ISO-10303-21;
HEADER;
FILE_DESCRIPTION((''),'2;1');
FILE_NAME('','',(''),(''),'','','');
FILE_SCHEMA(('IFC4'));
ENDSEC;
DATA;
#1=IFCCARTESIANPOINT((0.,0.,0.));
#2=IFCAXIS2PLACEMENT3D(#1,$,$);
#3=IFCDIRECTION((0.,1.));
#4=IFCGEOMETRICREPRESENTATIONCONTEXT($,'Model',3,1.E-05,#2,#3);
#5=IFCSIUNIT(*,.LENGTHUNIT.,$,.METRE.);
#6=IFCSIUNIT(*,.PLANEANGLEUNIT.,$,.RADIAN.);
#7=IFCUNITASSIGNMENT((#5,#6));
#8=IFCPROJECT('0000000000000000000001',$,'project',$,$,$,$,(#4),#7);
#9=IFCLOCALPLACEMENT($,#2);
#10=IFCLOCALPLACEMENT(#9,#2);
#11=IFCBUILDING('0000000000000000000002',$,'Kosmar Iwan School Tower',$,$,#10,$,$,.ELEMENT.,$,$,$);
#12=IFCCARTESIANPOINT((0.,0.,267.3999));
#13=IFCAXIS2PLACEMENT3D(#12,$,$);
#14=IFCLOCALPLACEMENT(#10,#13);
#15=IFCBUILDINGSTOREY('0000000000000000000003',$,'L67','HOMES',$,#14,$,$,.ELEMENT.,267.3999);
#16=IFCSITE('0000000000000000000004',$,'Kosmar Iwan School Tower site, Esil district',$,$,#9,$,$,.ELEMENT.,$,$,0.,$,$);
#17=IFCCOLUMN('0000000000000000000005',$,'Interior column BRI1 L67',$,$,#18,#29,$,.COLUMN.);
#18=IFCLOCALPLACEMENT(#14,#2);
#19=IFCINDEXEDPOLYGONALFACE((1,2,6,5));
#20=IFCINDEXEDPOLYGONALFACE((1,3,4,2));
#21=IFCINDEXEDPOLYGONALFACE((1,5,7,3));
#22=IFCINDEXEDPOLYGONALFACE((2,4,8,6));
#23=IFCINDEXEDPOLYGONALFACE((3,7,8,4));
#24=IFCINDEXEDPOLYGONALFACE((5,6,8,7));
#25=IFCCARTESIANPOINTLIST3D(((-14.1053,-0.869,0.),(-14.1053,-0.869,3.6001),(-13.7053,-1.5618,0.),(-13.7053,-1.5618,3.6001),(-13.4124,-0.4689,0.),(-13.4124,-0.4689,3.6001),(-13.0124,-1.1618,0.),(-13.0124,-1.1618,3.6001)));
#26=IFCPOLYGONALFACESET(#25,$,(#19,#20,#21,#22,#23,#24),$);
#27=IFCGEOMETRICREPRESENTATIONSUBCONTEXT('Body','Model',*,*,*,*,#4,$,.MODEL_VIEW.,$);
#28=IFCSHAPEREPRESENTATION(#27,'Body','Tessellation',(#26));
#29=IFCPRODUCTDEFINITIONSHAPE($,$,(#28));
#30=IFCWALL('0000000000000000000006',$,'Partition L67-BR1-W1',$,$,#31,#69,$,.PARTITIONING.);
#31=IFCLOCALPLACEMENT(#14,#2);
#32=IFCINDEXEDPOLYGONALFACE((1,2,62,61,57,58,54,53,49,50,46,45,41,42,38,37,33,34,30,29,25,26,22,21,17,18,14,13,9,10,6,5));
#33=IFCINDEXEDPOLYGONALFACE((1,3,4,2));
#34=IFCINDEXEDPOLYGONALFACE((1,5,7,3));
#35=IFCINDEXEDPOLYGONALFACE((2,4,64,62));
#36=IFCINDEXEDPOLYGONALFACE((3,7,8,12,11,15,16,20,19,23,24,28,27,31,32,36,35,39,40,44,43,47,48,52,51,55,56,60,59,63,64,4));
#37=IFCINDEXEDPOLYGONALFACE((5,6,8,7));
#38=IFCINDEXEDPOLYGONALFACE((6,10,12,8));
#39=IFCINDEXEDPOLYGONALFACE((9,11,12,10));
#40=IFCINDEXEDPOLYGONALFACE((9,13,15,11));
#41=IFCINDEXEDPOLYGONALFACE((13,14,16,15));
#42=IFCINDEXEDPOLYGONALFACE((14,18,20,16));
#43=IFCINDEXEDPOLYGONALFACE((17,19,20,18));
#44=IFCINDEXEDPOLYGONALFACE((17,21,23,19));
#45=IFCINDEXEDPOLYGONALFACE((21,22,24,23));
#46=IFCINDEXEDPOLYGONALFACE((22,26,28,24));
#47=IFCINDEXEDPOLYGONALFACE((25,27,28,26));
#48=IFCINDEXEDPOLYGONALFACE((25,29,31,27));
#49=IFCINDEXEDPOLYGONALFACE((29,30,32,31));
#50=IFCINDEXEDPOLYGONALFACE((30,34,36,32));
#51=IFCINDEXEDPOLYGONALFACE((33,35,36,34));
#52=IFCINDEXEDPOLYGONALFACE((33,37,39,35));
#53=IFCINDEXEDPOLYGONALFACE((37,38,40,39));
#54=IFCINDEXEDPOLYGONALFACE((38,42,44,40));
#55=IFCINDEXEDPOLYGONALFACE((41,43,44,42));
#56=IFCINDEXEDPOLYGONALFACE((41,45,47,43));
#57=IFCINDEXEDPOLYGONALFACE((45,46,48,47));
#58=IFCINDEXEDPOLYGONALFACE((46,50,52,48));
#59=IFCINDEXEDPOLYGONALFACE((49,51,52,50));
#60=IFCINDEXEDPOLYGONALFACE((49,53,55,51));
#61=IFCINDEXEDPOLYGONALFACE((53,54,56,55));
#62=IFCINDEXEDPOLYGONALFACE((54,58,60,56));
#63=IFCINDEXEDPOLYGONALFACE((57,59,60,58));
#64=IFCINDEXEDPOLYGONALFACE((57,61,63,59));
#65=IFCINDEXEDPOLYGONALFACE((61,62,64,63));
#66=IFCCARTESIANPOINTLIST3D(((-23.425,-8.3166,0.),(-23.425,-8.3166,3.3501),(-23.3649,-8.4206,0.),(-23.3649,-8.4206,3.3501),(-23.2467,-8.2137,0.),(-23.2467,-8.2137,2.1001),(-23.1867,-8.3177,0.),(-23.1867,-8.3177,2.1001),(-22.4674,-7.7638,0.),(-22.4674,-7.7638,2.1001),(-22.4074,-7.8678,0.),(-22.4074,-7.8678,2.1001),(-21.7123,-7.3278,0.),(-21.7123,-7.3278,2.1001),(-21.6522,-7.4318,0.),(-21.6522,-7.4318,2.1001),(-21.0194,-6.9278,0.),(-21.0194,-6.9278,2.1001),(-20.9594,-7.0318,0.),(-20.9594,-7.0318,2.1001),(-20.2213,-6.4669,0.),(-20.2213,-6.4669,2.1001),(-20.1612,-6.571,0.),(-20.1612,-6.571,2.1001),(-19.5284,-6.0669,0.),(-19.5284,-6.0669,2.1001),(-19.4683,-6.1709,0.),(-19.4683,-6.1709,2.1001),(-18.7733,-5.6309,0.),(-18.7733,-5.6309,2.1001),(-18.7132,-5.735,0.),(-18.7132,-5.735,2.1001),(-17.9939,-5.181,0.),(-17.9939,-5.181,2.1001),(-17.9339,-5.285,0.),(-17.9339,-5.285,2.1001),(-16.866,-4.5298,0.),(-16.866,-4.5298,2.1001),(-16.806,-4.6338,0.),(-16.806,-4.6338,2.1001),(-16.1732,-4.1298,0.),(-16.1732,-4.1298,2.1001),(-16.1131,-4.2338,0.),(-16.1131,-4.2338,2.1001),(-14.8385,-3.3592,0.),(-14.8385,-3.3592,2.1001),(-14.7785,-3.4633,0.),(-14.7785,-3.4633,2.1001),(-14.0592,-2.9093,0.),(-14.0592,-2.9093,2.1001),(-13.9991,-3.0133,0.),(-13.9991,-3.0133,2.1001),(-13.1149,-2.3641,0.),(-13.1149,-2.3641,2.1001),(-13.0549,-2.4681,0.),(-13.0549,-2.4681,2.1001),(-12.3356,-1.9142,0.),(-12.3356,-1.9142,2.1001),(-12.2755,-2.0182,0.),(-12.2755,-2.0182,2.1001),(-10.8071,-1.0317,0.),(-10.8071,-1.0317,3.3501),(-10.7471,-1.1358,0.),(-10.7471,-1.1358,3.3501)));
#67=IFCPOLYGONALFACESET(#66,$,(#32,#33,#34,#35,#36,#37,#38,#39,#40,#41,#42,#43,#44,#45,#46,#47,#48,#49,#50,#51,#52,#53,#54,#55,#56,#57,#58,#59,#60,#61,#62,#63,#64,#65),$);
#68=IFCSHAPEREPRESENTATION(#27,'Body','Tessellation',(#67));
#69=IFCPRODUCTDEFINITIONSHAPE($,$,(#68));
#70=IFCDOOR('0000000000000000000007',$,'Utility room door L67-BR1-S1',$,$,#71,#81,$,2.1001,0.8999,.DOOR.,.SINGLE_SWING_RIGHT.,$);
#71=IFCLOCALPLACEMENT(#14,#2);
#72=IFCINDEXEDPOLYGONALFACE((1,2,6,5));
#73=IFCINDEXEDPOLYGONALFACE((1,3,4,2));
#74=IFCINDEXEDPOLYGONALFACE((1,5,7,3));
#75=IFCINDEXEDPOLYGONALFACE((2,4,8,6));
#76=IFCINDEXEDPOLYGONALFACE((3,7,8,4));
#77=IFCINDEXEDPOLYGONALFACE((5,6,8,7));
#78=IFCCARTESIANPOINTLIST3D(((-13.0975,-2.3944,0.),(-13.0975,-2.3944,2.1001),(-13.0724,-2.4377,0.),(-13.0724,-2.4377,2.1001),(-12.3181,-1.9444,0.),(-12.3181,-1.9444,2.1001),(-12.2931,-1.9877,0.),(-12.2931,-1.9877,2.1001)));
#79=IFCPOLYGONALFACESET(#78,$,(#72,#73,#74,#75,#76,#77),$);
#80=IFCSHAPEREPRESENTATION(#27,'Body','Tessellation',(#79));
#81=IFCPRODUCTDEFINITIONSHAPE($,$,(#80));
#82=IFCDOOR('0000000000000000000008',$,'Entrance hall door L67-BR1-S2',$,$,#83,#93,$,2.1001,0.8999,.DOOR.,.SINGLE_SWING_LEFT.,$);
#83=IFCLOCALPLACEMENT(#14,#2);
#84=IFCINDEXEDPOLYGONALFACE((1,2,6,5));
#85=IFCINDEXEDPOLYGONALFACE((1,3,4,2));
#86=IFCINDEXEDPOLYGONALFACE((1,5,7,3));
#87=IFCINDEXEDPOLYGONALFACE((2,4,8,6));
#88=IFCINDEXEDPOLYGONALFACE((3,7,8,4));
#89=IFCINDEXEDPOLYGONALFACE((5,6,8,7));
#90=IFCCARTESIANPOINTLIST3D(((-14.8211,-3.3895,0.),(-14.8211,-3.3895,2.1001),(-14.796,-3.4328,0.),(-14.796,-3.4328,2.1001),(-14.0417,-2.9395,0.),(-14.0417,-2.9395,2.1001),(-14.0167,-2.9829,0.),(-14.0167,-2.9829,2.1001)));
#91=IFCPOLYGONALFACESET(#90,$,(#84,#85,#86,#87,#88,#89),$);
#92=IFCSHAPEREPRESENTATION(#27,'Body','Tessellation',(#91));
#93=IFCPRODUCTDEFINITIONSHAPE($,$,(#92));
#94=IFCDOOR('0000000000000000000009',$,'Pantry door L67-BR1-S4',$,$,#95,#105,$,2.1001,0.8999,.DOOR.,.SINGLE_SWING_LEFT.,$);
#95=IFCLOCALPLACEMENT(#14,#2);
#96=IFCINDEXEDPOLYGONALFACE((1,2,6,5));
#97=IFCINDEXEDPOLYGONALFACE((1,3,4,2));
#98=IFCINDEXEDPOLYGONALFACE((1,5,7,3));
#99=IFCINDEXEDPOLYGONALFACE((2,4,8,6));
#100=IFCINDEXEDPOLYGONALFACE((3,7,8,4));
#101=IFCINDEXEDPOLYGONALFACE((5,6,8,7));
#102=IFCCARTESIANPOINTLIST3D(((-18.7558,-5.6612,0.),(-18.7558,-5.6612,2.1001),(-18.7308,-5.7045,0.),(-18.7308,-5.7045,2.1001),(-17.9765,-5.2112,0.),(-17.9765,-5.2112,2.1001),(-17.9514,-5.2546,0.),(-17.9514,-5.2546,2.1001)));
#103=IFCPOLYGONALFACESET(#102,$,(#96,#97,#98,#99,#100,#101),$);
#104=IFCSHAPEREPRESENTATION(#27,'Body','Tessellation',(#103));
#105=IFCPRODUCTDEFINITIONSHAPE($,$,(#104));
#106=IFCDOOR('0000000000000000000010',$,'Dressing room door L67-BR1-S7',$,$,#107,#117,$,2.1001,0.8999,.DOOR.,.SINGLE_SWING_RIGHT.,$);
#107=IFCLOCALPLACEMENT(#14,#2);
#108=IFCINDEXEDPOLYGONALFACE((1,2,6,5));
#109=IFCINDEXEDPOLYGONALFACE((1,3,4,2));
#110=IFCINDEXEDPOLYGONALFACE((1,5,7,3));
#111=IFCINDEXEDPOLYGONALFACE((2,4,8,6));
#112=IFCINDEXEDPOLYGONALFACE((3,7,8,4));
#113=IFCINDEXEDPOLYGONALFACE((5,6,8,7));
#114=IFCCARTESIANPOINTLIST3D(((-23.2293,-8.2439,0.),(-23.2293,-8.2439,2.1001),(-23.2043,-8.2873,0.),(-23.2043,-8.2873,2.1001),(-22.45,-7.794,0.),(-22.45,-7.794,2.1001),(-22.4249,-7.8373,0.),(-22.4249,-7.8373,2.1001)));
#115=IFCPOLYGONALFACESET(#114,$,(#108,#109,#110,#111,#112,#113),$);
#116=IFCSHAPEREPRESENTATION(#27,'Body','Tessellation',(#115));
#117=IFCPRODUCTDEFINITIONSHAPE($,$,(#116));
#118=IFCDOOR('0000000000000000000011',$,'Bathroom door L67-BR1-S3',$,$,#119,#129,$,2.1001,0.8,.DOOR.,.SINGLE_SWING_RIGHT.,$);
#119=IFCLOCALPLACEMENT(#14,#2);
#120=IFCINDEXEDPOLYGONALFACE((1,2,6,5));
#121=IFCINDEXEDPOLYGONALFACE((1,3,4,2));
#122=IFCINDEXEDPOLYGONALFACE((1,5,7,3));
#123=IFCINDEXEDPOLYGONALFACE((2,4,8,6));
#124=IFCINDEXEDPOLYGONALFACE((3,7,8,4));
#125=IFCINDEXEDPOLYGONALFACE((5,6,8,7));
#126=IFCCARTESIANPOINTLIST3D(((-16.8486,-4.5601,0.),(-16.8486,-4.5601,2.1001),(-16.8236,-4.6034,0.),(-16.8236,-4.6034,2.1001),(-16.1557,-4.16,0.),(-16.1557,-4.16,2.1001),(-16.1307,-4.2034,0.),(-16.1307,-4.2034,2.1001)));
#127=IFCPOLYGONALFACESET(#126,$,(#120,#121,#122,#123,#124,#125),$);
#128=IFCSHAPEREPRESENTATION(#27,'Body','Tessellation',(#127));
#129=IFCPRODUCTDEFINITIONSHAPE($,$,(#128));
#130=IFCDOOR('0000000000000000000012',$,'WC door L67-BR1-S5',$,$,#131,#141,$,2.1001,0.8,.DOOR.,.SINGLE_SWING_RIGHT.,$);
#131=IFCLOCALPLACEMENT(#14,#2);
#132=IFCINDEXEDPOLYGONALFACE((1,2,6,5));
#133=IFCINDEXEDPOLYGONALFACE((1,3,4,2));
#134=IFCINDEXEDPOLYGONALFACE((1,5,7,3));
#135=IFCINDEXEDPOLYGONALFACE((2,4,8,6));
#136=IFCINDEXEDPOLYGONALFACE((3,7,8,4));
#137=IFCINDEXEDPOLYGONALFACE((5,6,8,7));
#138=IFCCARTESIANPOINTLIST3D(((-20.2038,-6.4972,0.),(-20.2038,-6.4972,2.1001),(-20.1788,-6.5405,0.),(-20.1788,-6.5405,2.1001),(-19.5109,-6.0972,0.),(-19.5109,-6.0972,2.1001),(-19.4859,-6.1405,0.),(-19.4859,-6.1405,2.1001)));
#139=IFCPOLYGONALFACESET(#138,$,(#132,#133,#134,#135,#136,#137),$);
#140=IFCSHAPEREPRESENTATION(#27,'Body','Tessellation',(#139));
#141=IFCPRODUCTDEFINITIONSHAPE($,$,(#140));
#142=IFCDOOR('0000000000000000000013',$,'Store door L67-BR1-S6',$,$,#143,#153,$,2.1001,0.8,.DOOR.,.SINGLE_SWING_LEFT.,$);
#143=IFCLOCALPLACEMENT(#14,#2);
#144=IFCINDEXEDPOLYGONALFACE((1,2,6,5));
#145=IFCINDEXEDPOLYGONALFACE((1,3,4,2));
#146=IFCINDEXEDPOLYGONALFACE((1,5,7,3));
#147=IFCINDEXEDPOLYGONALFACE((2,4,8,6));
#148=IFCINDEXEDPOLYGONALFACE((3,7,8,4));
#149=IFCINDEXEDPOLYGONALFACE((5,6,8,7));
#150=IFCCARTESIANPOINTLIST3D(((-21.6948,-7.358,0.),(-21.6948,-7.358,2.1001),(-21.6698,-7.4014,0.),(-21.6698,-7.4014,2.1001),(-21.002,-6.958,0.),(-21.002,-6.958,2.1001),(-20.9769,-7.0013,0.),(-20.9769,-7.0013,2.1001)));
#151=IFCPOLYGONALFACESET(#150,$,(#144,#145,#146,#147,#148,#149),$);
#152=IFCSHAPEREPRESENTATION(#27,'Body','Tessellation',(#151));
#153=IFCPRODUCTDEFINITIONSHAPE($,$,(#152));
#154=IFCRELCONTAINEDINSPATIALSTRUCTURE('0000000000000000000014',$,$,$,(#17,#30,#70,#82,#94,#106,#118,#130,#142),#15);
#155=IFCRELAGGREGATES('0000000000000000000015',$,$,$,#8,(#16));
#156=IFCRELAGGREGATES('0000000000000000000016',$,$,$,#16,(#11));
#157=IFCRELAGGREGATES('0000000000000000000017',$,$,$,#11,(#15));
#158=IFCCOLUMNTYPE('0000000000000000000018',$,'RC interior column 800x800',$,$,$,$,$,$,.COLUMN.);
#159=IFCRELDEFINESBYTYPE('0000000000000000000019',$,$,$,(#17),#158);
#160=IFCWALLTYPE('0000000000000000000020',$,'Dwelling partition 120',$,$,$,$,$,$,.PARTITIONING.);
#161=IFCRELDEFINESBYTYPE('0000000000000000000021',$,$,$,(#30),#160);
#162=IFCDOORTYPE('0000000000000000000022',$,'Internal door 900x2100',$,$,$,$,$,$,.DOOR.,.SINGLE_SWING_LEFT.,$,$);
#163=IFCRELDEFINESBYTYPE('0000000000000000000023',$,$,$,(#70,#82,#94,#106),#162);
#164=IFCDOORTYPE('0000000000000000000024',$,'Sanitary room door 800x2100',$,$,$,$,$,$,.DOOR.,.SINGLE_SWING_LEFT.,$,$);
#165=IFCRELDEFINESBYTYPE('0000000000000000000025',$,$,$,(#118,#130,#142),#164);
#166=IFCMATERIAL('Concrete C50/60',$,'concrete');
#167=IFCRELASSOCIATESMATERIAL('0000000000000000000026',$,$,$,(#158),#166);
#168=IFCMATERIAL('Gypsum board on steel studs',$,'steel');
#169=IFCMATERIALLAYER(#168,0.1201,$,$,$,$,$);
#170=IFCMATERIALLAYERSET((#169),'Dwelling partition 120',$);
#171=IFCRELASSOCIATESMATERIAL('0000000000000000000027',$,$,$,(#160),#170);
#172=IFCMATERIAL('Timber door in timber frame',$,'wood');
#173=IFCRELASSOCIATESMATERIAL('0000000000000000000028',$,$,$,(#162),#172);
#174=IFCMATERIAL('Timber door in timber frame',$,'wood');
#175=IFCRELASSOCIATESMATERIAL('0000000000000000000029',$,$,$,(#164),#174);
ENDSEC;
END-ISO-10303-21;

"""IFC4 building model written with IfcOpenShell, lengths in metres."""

from ifc_helpers import new_model, si_unit, direction, frame, frame_2d, origin, origin_2d, place, context, subcontext, project, spatial, rectangle, extrude, material, layer, layer_set, material_profile, profile_set, type_object, element, fill, save


model = new_model("IFC4")

# Units and contexts
model_context = context("Model", 3, precision=1e-05, world=origin(), true_north=direction((0.0, 1.0)))
body_context = subcontext(model_context, "Body", "Model", "MODEL_VIEW")
ifc_project = project(units=[si_unit("LENGTHUNIT", "METRE"), si_unit("PLANEANGLEUNIT", "RADIAN")], contexts=[model_context])

# Site, building, storey
site_placement = place(None, origin())
site = spatial("IfcSite", under=ifc_project, at=site_placement, Name="Kosmar Iwan School Tower site, Esil district", CompositionType="ELEMENT", RefElevation=0.0)
building_placement = place(site_placement, origin())
building = spatial("IfcBuilding", under=site, at=building_placement, Name="Kosmar Iwan School Tower", CompositionType="ELEMENT")
storey_placement = place(building_placement, frame((0.0, 0.0, 267.3999)))
storey = spatial("IfcBuildingStorey", under=building, at=storey_placement, Name="L67", Description="HOMES", CompositionType="ELEMENT", Elevation=267.3999)

# Column
ifc_material_1 = material(Name="Concrete C50/60", Category="concrete")
ifc_material_profile = material_profile(ifc_material_1, rectangle(XDim=0.8, YDim=0.8, at=origin_2d()), Name="RC 800x800")
ifc_profile_set = profile_set([ifc_material_profile], Name="Concrete C50/60")
column_type = type_object("IfcColumnType", Name="RC interior column 800x800", PredefinedType="COLUMN", material=ifc_profile_set)
column_placement = place(storey_placement, frame((-13.5588, -1.0154, 0.0), z_axis=(0.0, 0.0, 1.0), x_axis=(-0.866025, -0.5, 0.0)))
element("IfcColumn", 1, at=column_placement, inside=storey, type_object=column_type, Name="Interior column BRI1 L67", PredefinedType="COLUMN", context=body_context, shape_type="SweptSolid", body=[
    extrude(rectangle(XDim=0.8, YDim=0.8, at=origin_2d()), origin(), (0.0, 0.0, 1.0), 3.6001),
])

# Wall, openings, doors
ifc_material_2 = material(Name="Gypsum board on steel studs", Category="steel")
ifc_layer_1 = layer(ifc_material_2, 0.1201)
ifc_layer_set_1 = layer_set([ifc_layer_1], Name="Dwelling partition 120")
wall_type_1 = type_object("IfcWallType", Name="Dwelling partition 120", PredefinedType="PARTITIONING", material=ifc_layer_set_1)
wall_1_placement = place(storey_placement, frame((-10.7771, -1.0837, 0.0), z_axis=(0.0, 0.0, 1.0), x_axis=(-0.866027, -0.499998, 0.0)))
wall_1 = element("IfcWall", 2, at=wall_1_placement, inside=storey, type_object=wall_type_1, Name="Partition L67-BR1-W1", PredefinedType="PARTITIONING", context=body_context, shape_type="SweptSolid", body=[
    extrude(rectangle(XDim=14.5698, YDim=0.1201, at=frame_2d((7.2849, 0.0))), origin(), (0.0, 0.0, 1.0), 3.3501),
])
opening_1_placement = place(wall_1_placement, frame((1.7649, 0.0, 0.0)))
opening_1 = element("IfcOpeningElement", 3, at=opening_1_placement, cuts=wall_1, PredefinedType="OPENING", context=body_context, shape_type="SweptSolid", body=[
    extrude(rectangle(XDim=0.8999, YDim=2.1001, at=frame_2d((0.45, 1.05))), frame((0.0, 0.072, 0.0), z_axis=(0.0, -1.0, 0.0), x_axis=(1.0, 0.0, 0.0)), (0.0, 0.0, 1.0), 0.144),
])
opening_2_placement = place(wall_1_placement, frame((3.7551, 0.0, 0.0)))
opening_2 = element("IfcOpeningElement", 4, at=opening_2_placement, cuts=wall_1, PredefinedType="OPENING", context=body_context, shape_type="SweptSolid", body=[
    extrude(rectangle(XDim=0.8999, YDim=2.1001, at=frame_2d((0.45, 1.05))), frame((0.0, 0.072, 0.0), z_axis=(0.0, -1.0, 0.0), x_axis=(1.0, 0.0, 0.0)), (0.0, 0.0, 1.0), 0.144),
])
opening_3_placement = place(wall_1_placement, frame((6.1963, 0.0, 0.0)))
opening_3 = element("IfcOpeningElement", 5, at=opening_3_placement, cuts=wall_1, PredefinedType="OPENING", context=body_context, shape_type="SweptSolid", body=[
    extrude(rectangle(XDim=0.8, YDim=2.1001, at=frame_2d((0.3999, 1.05))), frame((0.0, 0.072, 0.0), z_axis=(0.0, -1.0, 0.0), x_axis=(1.0, 0.0, 0.0)), (0.0, 0.0, 1.0), 0.144),
])
opening_4_placement = place(wall_1_placement, frame((8.2986, 0.0, 0.0)))
opening_4 = element("IfcOpeningElement", 6, at=opening_4_placement, cuts=wall_1, PredefinedType="OPENING", context=body_context, shape_type="SweptSolid", body=[
    extrude(rectangle(XDim=0.8999, YDim=2.1001, at=frame_2d((0.45, 1.05))), frame((0.0, 0.072, 0.0), z_axis=(0.0, -1.0, 0.0), x_axis=(1.0, 0.0, 0.0)), (0.0, 0.0, 1.0), 0.144),
])
opening_5_placement = place(wall_1_placement, frame((10.0706, 0.0, 0.0)))
opening_5 = element("IfcOpeningElement", 7, at=opening_5_placement, cuts=wall_1, PredefinedType="OPENING", context=body_context, shape_type="SweptSolid", body=[
    extrude(rectangle(XDim=0.8, YDim=2.1001, at=frame_2d((0.3999, 1.05))), frame((0.0, 0.072, 0.0), z_axis=(0.0, -1.0, 0.0), x_axis=(1.0, 0.0, 0.0)), (0.0, 0.0, 1.0), 0.144),
])
opening_6_placement = place(wall_1_placement, frame((11.7922, 0.0, 0.0)))
opening_6 = element("IfcOpeningElement", 8, at=opening_6_placement, cuts=wall_1, PredefinedType="OPENING", context=body_context, shape_type="SweptSolid", body=[
    extrude(rectangle(XDim=0.8, YDim=2.1001, at=frame_2d((0.3999, 1.05))), frame((0.0, 0.072, 0.0), z_axis=(0.0, -1.0, 0.0), x_axis=(1.0, 0.0, 0.0)), (0.0, 0.0, 1.0), 0.144),
])
opening_7_placement = place(wall_1_placement, frame((13.4641, 0.0, 0.0)))
opening_7 = element("IfcOpeningElement", 9, at=opening_7_placement, cuts=wall_1, PredefinedType="OPENING", context=body_context, shape_type="SweptSolid", body=[
    extrude(rectangle(XDim=0.8999, YDim=2.1001, at=frame_2d((0.45, 1.05))), frame((0.0, 0.072, 0.0), z_axis=(0.0, -1.0, 0.0), x_axis=(1.0, 0.0, 0.0)), (0.0, 0.0, 1.0), 0.144),
])
ifc_material_3 = material(Name="Timber door in timber frame", Category="wood")
door_type_1 = type_object("IfcDoorType", Name="Internal door 900x2100", OperationType="SINGLE_SWING_LEFT", PredefinedType="DOOR", material=ifc_material_3)
door_1_placement = place(opening_1_placement, origin())
door_1 = element("IfcDoor", 10, at=door_1_placement, inside=storey, type_object=door_type_1, Name="Utility room door L67-BR1-S1", OperationType="SINGLE_SWING_RIGHT", OverallHeight=2.1001, OverallWidth=0.8999, PredefinedType="DOOR", context=body_context, shape_type="SweptSolid", body=[
    extrude(rectangle(XDim=0.8999, YDim=2.1001, at=frame_2d((0.45, 1.05))), frame((0.0, 0.0249, 0.0), z_axis=(0.0, -1.0, 0.0), x_axis=(1.0, 0.0, 0.0)), (0.0, 0.0, 1.0), 0.05),
])
fill(opening_1, door_1)
door_2_placement = place(opening_2_placement, origin())
door_2 = element("IfcDoor", 11, at=door_2_placement, inside=storey, type_object=door_type_1, Name="Entrance hall door L67-BR1-S2", OperationType="SINGLE_SWING_LEFT", OverallHeight=2.1001, OverallWidth=0.8999, PredefinedType="DOOR", context=body_context, shape_type="SweptSolid", body=[
    extrude(rectangle(XDim=0.8999, YDim=2.1001, at=frame_2d((0.45, 1.05))), frame((0.0, 0.0249, 0.0), z_axis=(0.0, -1.0, 0.0), x_axis=(1.0, 0.0, 0.0)), (0.0, 0.0, 1.0), 0.05),
])
fill(opening_2, door_2)
door_3_placement = place(opening_4_placement, origin())
door_3 = element("IfcDoor", 12, at=door_3_placement, inside=storey, type_object=door_type_1, Name="Pantry door L67-BR1-S4", OperationType="SINGLE_SWING_LEFT", OverallHeight=2.1001, OverallWidth=0.8999, PredefinedType="DOOR", context=body_context, shape_type="SweptSolid", body=[
    extrude(rectangle(XDim=0.8999, YDim=2.1001, at=frame_2d((0.45, 1.05))), frame((0.0, 0.0249, 0.0), z_axis=(0.0, -1.0, 0.0), x_axis=(1.0, 0.0, 0.0)), (0.0, 0.0, 1.0), 0.05),
])
fill(opening_4, door_3)
door_4_placement = place(opening_7_placement, origin())
door_4 = element("IfcDoor", 13, at=door_4_placement, inside=storey, type_object=door_type_1, Name="Dressing room door L67-BR1-S7", OperationType="SINGLE_SWING_RIGHT", OverallHeight=2.1001, OverallWidth=0.8999, PredefinedType="DOOR", context=body_context, shape_type="SweptSolid", body=[
    extrude(rectangle(XDim=0.8999, YDim=2.1001, at=frame_2d((0.45, 1.05))), frame((0.0, 0.0249, 0.0), z_axis=(0.0, -1.0, 0.0), x_axis=(1.0, 0.0, 0.0)), (0.0, 0.0, 1.0), 0.05),
])
fill(opening_7, door_4)
ifc_material_4 = material(Name="Timber door in timber frame", Category="wood")
door_type_2 = type_object("IfcDoorType", Name="Sanitary room door 800x2100", OperationType="SINGLE_SWING_LEFT", PredefinedType="DOOR", material=ifc_material_4)
door_5_placement = place(opening_3_placement, origin())
door_5 = element("IfcDoor", 14, at=door_5_placement, inside=storey, type_object=door_type_2, Name="Bathroom door L67-BR1-S3", OperationType="SINGLE_SWING_RIGHT", OverallHeight=2.1001, OverallWidth=0.8, PredefinedType="DOOR", context=body_context, shape_type="SweptSolid", body=[
    extrude(rectangle(XDim=0.8, YDim=2.1001, at=frame_2d((0.3999, 1.05))), frame((0.0, 0.0249, 0.0), z_axis=(0.0, -1.0, 0.0), x_axis=(1.0, 0.0, 0.0)), (0.0, 0.0, 1.0), 0.05),
])
fill(opening_3, door_5)
door_6_placement = place(opening_5_placement, origin())
door_6 = element("IfcDoor", 15, at=door_6_placement, inside=storey, type_object=door_type_2, Name="WC door L67-BR1-S5", OperationType="SINGLE_SWING_RIGHT", OverallHeight=2.1001, OverallWidth=0.8, PredefinedType="DOOR", context=body_context, shape_type="SweptSolid", body=[
    extrude(rectangle(XDim=0.8, YDim=2.1001, at=frame_2d((0.3999, 1.05))), frame((0.0, 0.0249, 0.0), z_axis=(0.0, -1.0, 0.0), x_axis=(1.0, 0.0, 0.0)), (0.0, 0.0, 1.0), 0.05),
])
fill(opening_5, door_6)
door_7_placement = place(opening_6_placement, origin())
door_7 = element("IfcDoor", 16, at=door_7_placement, inside=storey, type_object=door_type_2, Name="Store door L67-BR1-S6", OperationType="SINGLE_SWING_LEFT", OverallHeight=2.1001, OverallWidth=0.8, PredefinedType="DOOR", context=body_context, shape_type="SweptSolid", body=[
    extrude(rectangle(XDim=0.8, YDim=2.1001, at=frame_2d((0.3999, 1.05))), frame((0.0, 0.0249, 0.0), z_axis=(0.0, -1.0, 0.0), x_axis=(1.0, 0.0, 0.0)), (0.0, 0.0, 1.0), 0.05),
])
fill(opening_6, door_7)

save(model, "model.ifc")
